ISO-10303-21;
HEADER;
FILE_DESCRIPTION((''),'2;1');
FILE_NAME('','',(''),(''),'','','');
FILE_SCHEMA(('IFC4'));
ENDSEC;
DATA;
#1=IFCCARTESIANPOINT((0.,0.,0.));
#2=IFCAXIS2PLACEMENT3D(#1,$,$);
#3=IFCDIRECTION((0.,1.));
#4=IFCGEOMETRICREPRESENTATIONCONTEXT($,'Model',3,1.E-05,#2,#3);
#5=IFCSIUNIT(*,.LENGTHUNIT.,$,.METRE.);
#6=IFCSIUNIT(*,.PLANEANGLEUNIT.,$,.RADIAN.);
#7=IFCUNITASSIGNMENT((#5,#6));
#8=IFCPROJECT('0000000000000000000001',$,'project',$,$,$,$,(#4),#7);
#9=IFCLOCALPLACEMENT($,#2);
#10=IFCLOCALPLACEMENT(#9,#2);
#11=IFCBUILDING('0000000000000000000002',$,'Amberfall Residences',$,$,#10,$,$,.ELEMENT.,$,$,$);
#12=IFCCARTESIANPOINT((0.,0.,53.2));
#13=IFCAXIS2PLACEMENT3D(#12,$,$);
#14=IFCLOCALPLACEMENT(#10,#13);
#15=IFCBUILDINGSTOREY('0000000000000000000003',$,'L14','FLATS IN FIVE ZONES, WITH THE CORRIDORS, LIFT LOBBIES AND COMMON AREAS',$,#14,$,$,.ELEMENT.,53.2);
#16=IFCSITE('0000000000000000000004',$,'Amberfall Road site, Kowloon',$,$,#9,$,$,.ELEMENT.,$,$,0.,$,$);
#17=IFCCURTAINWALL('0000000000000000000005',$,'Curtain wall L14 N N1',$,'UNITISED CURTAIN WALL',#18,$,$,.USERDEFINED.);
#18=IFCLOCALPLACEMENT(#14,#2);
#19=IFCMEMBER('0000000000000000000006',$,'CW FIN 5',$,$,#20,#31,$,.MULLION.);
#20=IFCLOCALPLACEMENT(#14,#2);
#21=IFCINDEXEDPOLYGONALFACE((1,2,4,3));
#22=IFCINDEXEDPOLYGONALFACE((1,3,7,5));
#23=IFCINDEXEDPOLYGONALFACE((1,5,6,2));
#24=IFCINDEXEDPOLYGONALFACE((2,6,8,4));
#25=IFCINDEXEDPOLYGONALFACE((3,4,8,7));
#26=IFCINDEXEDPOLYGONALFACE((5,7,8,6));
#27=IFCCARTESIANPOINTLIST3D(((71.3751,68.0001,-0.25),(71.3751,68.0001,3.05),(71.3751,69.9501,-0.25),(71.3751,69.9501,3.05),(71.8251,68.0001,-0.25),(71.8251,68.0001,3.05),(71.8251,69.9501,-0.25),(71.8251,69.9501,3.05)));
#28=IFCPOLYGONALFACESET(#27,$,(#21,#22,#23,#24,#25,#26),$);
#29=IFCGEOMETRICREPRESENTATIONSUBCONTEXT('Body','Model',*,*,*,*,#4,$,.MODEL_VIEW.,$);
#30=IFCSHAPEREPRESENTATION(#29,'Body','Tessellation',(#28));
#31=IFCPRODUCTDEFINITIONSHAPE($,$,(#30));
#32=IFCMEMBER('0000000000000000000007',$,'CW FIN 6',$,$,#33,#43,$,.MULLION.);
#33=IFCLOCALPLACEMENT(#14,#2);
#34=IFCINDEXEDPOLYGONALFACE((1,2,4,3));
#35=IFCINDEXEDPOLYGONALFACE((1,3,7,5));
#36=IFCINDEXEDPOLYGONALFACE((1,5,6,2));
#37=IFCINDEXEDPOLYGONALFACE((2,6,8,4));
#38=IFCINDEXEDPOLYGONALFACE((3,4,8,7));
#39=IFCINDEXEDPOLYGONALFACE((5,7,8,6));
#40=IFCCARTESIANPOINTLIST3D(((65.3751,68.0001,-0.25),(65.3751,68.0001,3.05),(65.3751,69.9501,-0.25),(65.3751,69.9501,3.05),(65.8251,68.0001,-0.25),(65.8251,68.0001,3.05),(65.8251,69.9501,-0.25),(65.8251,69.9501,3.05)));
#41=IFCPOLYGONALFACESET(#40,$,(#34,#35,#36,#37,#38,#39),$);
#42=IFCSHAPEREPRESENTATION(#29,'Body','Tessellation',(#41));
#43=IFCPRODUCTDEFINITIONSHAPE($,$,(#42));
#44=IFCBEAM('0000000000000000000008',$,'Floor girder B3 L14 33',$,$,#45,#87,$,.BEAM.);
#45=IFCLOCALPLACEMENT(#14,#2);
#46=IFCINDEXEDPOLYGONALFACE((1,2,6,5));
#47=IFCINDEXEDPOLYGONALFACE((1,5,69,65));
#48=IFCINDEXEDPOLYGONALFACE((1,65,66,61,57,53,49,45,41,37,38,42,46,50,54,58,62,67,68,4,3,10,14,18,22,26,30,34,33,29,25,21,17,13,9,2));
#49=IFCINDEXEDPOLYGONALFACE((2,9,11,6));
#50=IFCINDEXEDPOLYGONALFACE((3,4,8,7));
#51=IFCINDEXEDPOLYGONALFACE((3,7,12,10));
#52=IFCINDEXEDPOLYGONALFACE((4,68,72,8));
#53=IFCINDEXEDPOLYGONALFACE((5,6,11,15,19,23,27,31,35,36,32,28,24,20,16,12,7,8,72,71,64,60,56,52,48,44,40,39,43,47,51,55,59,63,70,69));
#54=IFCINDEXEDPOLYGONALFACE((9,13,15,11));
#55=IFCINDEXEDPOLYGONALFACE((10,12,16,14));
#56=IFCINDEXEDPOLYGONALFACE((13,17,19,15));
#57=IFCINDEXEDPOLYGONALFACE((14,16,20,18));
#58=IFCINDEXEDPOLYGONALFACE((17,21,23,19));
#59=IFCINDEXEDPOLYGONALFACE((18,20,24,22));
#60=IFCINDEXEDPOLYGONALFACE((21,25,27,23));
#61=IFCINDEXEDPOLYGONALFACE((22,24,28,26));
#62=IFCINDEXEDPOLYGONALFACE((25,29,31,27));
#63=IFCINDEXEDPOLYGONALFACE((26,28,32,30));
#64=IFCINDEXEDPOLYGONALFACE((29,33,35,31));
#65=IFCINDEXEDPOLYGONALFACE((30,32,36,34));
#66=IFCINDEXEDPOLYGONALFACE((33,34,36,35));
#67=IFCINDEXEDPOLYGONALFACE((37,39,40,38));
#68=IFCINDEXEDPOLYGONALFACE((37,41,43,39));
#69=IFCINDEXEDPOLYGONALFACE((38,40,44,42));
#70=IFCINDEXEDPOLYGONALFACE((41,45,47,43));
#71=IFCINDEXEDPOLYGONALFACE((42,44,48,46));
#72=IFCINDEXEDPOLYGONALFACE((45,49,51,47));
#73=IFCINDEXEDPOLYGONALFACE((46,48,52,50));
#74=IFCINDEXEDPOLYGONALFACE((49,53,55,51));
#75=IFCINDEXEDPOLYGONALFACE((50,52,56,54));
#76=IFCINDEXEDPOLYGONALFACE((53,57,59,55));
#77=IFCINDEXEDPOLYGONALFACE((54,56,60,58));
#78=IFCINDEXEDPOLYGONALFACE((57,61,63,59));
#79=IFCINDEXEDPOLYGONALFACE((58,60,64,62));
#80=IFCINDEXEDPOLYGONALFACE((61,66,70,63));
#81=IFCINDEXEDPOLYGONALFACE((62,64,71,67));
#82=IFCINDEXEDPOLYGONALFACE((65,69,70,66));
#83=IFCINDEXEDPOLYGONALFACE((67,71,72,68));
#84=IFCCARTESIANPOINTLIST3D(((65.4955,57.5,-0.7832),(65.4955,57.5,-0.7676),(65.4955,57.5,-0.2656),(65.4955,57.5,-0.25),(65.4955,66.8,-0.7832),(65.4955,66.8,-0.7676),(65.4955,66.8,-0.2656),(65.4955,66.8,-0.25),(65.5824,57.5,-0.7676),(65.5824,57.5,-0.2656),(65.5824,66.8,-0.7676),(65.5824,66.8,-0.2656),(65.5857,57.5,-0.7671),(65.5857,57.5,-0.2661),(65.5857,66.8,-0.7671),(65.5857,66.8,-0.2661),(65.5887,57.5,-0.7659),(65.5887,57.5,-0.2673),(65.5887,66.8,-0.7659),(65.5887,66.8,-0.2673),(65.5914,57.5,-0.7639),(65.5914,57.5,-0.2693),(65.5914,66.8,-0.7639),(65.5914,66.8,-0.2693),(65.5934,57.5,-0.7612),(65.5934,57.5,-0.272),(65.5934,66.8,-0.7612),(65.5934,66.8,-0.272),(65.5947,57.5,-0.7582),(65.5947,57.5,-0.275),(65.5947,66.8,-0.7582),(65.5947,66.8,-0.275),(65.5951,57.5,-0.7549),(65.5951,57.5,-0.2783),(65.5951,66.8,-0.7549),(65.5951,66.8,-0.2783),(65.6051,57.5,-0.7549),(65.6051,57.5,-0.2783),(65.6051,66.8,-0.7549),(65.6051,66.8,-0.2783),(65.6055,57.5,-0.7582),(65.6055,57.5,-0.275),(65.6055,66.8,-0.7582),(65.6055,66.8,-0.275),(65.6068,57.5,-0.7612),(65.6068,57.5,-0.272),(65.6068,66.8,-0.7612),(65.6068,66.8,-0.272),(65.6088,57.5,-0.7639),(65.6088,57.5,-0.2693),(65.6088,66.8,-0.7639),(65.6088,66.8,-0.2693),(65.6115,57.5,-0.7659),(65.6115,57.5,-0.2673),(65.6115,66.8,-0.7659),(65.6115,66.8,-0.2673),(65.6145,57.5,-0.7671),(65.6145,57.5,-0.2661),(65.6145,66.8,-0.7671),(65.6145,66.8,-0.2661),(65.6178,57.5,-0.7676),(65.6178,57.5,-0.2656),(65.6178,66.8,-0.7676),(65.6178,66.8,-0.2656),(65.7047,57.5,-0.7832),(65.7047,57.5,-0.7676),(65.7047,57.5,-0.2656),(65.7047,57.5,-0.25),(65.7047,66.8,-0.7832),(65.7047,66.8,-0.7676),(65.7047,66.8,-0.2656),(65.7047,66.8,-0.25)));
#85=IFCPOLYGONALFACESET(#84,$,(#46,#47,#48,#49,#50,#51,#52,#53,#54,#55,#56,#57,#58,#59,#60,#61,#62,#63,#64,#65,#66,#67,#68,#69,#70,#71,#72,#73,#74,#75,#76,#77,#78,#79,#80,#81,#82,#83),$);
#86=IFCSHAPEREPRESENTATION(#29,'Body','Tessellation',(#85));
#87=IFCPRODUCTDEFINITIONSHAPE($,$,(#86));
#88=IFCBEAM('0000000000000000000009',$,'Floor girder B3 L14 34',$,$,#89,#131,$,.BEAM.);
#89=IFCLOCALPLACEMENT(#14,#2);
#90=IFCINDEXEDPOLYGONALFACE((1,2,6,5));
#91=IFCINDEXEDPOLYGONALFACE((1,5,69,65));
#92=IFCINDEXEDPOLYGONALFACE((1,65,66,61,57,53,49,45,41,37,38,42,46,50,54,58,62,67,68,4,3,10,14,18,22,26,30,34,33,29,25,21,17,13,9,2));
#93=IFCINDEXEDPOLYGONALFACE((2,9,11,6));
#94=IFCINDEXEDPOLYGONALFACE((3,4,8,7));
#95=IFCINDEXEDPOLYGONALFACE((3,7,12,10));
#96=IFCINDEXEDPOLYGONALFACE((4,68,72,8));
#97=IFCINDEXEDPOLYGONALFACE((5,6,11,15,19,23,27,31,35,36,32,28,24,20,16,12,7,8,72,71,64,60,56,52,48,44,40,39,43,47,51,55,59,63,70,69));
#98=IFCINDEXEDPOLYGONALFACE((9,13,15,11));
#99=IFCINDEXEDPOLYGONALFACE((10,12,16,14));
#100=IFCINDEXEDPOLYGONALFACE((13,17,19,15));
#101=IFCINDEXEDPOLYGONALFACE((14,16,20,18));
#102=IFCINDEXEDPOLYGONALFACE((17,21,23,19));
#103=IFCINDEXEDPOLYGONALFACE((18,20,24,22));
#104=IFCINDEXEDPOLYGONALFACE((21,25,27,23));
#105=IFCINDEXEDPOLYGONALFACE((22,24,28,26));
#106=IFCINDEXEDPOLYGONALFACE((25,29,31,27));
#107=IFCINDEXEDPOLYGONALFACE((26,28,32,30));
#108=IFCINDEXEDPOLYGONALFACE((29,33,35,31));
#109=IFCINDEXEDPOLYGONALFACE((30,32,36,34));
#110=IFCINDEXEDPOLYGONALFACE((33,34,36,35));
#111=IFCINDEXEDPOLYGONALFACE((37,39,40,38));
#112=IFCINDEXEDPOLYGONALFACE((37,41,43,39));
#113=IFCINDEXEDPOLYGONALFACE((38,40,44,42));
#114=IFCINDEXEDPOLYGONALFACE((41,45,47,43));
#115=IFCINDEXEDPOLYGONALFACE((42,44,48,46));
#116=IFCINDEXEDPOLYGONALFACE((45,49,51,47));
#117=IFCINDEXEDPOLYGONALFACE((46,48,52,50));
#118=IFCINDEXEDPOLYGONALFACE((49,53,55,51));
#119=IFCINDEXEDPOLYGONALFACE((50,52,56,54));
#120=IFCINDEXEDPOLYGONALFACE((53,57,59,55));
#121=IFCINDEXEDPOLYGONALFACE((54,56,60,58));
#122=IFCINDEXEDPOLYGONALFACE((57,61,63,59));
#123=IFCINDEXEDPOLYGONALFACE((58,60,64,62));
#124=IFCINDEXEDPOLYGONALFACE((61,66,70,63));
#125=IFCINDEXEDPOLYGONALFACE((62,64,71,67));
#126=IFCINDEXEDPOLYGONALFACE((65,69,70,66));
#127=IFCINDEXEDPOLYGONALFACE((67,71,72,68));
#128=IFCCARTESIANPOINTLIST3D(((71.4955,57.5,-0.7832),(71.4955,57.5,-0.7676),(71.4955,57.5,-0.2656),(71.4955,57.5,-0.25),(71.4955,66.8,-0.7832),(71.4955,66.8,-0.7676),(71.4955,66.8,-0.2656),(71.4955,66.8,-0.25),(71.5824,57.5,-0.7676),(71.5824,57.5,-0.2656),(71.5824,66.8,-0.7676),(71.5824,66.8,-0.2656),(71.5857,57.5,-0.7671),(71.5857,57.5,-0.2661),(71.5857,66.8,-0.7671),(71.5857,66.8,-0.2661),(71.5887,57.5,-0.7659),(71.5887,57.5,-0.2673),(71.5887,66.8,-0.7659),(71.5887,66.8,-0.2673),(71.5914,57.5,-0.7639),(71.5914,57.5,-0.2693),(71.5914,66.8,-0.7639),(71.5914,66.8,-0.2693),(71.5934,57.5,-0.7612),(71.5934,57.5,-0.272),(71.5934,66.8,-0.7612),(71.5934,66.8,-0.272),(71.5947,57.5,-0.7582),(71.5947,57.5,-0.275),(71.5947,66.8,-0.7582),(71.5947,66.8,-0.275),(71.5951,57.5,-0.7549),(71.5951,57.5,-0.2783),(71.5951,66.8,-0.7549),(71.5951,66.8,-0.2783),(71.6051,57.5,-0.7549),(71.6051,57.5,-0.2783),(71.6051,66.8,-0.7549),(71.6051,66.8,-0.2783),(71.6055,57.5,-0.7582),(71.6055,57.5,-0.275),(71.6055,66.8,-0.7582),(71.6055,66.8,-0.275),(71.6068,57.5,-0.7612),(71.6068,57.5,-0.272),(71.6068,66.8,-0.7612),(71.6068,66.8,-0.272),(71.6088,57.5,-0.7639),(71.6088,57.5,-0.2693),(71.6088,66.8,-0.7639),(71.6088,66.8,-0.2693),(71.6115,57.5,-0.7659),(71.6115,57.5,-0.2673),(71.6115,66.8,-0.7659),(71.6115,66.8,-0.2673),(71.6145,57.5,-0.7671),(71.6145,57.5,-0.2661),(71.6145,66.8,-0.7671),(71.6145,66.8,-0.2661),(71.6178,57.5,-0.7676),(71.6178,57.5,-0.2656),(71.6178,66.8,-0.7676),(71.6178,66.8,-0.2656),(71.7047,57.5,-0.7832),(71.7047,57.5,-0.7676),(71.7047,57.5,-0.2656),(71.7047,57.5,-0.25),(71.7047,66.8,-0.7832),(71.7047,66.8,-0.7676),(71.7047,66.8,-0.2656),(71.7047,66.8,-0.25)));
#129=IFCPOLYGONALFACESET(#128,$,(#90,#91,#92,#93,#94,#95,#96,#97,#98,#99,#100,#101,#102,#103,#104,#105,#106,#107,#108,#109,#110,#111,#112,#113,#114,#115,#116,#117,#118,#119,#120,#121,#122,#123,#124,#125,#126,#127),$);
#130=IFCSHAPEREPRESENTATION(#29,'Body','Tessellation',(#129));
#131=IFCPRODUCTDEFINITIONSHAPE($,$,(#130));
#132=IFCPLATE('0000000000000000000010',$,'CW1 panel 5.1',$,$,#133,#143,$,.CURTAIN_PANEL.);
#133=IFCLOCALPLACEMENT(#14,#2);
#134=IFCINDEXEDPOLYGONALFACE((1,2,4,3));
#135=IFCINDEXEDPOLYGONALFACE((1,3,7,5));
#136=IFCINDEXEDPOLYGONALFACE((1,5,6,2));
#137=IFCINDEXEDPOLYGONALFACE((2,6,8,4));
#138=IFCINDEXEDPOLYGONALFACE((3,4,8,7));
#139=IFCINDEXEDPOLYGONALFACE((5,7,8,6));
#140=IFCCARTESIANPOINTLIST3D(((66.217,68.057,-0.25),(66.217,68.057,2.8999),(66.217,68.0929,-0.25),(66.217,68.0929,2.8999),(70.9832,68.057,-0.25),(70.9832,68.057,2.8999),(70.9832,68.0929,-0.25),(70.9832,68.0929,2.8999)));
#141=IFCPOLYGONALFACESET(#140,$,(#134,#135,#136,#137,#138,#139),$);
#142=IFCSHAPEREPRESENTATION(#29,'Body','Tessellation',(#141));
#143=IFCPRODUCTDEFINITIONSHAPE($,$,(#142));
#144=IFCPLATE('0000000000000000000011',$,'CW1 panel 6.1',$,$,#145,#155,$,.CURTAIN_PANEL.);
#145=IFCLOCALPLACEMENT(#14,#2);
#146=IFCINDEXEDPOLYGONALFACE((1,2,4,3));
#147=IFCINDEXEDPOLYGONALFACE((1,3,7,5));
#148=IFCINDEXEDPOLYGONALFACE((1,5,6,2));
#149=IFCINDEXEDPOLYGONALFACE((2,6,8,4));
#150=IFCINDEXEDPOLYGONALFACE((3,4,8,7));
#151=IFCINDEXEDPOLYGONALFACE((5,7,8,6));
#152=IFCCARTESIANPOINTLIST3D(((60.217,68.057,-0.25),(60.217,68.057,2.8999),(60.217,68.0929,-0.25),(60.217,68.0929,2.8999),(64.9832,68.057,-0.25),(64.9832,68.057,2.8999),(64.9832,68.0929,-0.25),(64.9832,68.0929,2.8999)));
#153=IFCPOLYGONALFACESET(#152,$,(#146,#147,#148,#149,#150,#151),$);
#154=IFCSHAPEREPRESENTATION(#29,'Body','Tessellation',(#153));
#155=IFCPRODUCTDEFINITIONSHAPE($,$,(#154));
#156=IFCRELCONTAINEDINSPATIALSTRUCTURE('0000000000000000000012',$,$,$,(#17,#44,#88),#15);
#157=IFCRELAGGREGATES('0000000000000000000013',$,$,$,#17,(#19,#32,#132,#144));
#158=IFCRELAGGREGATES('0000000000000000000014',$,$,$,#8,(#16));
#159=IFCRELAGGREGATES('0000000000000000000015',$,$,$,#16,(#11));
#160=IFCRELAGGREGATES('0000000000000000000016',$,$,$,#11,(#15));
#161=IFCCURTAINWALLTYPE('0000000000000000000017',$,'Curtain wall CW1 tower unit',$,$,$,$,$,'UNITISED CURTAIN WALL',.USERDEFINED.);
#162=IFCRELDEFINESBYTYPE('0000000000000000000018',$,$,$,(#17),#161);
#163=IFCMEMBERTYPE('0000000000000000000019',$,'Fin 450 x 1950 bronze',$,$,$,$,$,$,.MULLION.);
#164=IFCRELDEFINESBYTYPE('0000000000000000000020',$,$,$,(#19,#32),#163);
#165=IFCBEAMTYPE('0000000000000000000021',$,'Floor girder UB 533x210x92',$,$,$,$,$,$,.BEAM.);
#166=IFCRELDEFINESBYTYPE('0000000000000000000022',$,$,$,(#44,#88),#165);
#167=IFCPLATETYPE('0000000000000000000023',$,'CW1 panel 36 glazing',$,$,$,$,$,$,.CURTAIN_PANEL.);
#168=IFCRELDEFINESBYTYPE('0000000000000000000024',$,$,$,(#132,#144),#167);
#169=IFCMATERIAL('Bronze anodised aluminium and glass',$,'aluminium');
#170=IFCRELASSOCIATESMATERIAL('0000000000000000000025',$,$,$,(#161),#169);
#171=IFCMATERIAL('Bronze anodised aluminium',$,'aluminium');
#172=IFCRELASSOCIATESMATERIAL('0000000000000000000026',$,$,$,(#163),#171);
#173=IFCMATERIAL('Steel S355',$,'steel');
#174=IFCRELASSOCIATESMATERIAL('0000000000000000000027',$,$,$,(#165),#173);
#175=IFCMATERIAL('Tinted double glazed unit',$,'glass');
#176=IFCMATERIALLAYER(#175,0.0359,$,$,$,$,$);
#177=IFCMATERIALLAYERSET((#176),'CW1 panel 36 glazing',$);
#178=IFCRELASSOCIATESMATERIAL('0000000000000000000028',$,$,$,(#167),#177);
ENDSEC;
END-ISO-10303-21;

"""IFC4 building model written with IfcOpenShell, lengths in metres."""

from ifc_helpers import new_model, si_unit, direction, frame, origin, origin_2d, place, context, subcontext, project, spatial, rectangle, i_section, extrude, material, layer, layer_set, material_profile, profile_set, type_object, element, aggregate, save


model = new_model("IFC4")

# Units and contexts
model_context = context("Model", 3, precision=1e-05, world=origin(), true_north=direction((0.0, 1.0)))
body_context = subcontext(model_context, "Body", "Model", "MODEL_VIEW")
ifc_project = project(units=[si_unit("LENGTHUNIT", "METRE"), si_unit("PLANEANGLEUNIT", "RADIAN")], contexts=[model_context])

# Site, building, storey
site_placement = place(None, origin())
site = spatial("IfcSite", under=ifc_project, at=site_placement, Name="Amberfall Road site, Kowloon", CompositionType="ELEMENT", RefElevation=0.0)
building_placement = place(site_placement, origin())
building = spatial("IfcBuilding", under=site, at=building_placement, Name="Amberfall Residences", CompositionType="ELEMENT")
storey_placement = place(building_placement, frame((0.0, 0.0, 53.2)))
storey = spatial("IfcBuildingStorey", under=building, at=storey_placement, Name="L14", Description="FLATS IN FIVE ZONES, WITH THE CORRIDORS, LIFT LOBBIES AND COMMON AREAS", CompositionType="ELEMENT", Elevation=53.2)

# Curtain wall
ifc_material_1 = material(Name="Bronze anodised aluminium and glass", Category="aluminium")
curtain_wall_type = type_object("IfcCurtainWallType", Name="Curtain wall CW1 tower unit", ElementType="UNITISED CURTAIN WALL", PredefinedType="USERDEFINED", material=ifc_material_1)
curtain_wall_placement = place(storey_placement, origin())
curtain_wall = element("IfcCurtainWall", 1, at=curtain_wall_placement, inside=storey, type_object=curtain_wall_type, Name="Curtain wall L14 N N1", ObjectType="UNITISED CURTAIN WALL", PredefinedType="USERDEFINED")
ifc_material_2 = material(Name="Bronze anodised aluminium", Category="aluminium")

# Shared definitions
ifc_material_3 = material(Name="Steel S355", Category="steel")

# Members
ifc_material_profile_1 = material_profile(ifc_material_2, rectangle(XDim=1.95, YDim=0.45, at=origin_2d()), Name="Fin 450 x 1950 bronze")
ifc_profile_set_1 = profile_set([ifc_material_profile_1], Name="Bronze anodised aluminium")
member_type_1 = type_object("IfcMemberType", Name="Fin 450 x 1950 bronze", PredefinedType="MULLION", material=ifc_profile_set_1)
member_1_placement = place(storey_placement, frame((71.6001, 68.9751, -0.25), z_axis=(0.0, 0.0, 1.0), x_axis=(0.0, -1.0, 0.0)))
member_1 = element("IfcMember", 2, at=member_1_placement, type_object=member_type_1, Name="CW FIN 5", PredefinedType="MULLION", context=body_context, shape_type="SweptSolid", body=[
    extrude(rectangle(XDim=1.95, YDim=0.45, at=origin_2d()), origin(), (0.0, 0.0, 1.0), 3.3),
])
member_2_placement = place(storey_placement, frame((65.6001, 68.9751, -0.25), z_axis=(0.0, 0.0, 1.0), x_axis=(0.0, -1.0, 0.0)))
member_2 = element("IfcMember", 3, at=member_2_placement, type_object=member_type_1, Name="CW FIN 6", PredefinedType="MULLION", context=body_context, shape_type="SweptSolid", body=[
    extrude(rectangle(XDim=1.95, YDim=0.45, at=origin_2d()), origin(), (0.0, 0.0, 1.0), 3.3),
])

# Beams
ifc_material_profile_2 = material_profile(ifc_material_3, i_section(OverallWidth=0.2092, OverallDepth=0.5332, WebThickness=0.01, FlangeThickness=0.0156, FilletRadius=0.0127, at=origin_2d()), Name="UB 533x210x92")
ifc_profile_set_2 = profile_set([ifc_material_profile_2], Name="Steel S355")
beam_type_1 = type_object("IfcBeamType", Name="Floor girder UB 533x210x92", PredefinedType="BEAM", material=ifc_profile_set_2)
for number, where, z_axis, x_axis, name in (
    (4, (65.6001, 66.8, -0.5166), (0.0, -1.0, 0.0), (1.0, 0.0, 0.0), "Floor girder B3 L14 33"),
    (5, (71.6001, 66.8, -0.5166), (0.0, -1.0, 0.0), (1.0, 0.0, 0.0), "Floor girder B3 L14 34"),
):
    element("IfcBeam", number, at=place(storey_placement, frame(where, z_axis=z_axis, x_axis=x_axis)), inside=storey, type_object=beam_type_1, Name=name, PredefinedType="BEAM", context=body_context, shape_type="SweptSolid", body=[
        extrude(i_section(OverallWidth=0.2092, OverallDepth=0.5332, WebThickness=0.01, FlangeThickness=0.0156, FilletRadius=0.0127, at=origin_2d()), origin(), (0.0, 0.0, 1.0), 9.3),
    ])

# Plates
ifc_material_4 = material(Name="Tinted double glazed unit", Category="glass")
ifc_layer_1 = layer(ifc_material_4, 0.0359)
ifc_layer_set_1 = layer_set([ifc_layer_1], Name="CW1 panel 36 glazing")
plate_type = type_object("IfcPlateType", Name="CW1 panel 36 glazing", PredefinedType="CURTAIN_PANEL", material=ifc_layer_set_1)
plate_1_placement = place(storey_placement, frame((68.6001, 68.075, -0.25), z_axis=(0.0, 0.0, 1.0), x_axis=(-1.0, 0.0, 0.0)))
plate_1 = element("IfcPlate", 6, at=plate_1_placement, type_object=plate_type, Name="CW1 panel 5.1", PredefinedType="CURTAIN_PANEL", context=body_context, shape_type="SweptSolid", body=[
    extrude(rectangle(XDim=4.7661, YDim=0.0359, at=origin_2d()), origin(), (0.0, 0.0, 1.0), 3.1499),
])
plate_2_placement = place(storey_placement, frame((62.6001, 68.075, -0.25), z_axis=(0.0, 0.0, 1.0), x_axis=(-1.0, 0.0, 0.0)))
plate_2 = element("IfcPlate", 7, at=plate_2_placement, type_object=plate_type, Name="CW1 panel 6.1", PredefinedType="CURTAIN_PANEL", context=body_context, shape_type="SweptSolid", body=[
    extrude(rectangle(XDim=4.7661, YDim=0.0359, at=origin_2d()), origin(), (0.0, 0.0, 1.0), 3.1499),
])
aggregate(curtain_wall, [member_1, member_2, plate_1, plate_2])

save(model, "model.ifc")
